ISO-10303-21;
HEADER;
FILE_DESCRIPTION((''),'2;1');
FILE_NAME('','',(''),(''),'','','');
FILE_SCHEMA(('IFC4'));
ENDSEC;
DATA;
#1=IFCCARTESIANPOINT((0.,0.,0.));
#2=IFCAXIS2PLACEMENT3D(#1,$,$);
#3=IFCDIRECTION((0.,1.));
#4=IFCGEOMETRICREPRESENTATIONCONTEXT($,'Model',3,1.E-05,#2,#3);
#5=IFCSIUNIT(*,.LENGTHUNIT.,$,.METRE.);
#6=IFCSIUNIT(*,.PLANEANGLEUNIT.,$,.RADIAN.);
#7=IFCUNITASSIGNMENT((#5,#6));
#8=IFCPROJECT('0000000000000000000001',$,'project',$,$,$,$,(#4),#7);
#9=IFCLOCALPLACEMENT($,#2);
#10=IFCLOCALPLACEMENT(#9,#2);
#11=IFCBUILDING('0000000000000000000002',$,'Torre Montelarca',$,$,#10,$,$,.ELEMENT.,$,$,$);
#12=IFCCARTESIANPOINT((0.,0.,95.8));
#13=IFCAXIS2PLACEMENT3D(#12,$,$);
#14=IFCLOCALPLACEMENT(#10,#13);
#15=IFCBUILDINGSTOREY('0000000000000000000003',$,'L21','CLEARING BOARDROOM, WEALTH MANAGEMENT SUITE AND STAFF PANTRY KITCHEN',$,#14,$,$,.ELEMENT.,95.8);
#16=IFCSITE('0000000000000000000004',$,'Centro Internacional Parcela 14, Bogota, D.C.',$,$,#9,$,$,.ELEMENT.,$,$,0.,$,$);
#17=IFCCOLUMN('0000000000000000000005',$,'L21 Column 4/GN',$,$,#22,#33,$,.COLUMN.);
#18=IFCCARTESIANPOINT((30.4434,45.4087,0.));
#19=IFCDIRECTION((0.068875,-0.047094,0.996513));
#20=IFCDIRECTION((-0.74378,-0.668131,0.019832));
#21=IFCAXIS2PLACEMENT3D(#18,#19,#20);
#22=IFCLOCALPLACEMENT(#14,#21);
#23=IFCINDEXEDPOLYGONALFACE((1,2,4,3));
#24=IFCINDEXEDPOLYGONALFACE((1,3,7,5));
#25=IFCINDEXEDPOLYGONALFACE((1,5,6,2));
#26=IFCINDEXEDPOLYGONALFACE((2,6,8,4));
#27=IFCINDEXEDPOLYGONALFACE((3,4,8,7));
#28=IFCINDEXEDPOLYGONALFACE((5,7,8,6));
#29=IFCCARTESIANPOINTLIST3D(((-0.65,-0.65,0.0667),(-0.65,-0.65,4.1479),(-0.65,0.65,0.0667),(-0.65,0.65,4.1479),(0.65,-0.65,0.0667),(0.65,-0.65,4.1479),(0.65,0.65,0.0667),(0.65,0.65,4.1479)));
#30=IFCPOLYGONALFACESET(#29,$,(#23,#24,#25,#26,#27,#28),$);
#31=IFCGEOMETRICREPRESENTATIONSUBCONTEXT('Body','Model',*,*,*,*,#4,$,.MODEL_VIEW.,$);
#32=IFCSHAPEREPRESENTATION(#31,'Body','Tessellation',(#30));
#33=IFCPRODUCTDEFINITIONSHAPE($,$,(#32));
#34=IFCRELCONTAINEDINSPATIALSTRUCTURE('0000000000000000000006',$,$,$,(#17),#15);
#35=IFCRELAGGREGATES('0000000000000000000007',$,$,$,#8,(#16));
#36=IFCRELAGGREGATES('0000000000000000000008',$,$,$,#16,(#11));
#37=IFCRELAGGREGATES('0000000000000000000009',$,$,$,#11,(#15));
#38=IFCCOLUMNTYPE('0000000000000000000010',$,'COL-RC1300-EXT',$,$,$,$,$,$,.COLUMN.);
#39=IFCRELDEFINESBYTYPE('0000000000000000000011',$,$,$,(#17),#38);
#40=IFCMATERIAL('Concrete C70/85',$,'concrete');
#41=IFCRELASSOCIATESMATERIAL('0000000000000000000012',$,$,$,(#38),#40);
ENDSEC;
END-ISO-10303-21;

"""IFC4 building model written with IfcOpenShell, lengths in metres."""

from ifc_helpers import new_model, si_unit, direction, frame, origin, origin_2d, place, context, subcontext, project, spatial, rectangle, extrude, clip, halfspace, material, material_profile, profile_set, type_object, element, save


model = new_model("IFC4")

# Units and contexts
model_context = context("Model", 3, precision=1e-05, world=origin(), true_north=direction((0.0, 1.0)))
body_context = subcontext(model_context, "Body", "Model", "MODEL_VIEW")
ifc_project = project(units=[si_unit("LENGTHUNIT", "METRE"), si_unit("PLANEANGLEUNIT", "RADIAN")], contexts=[model_context])

# Site, building, storey
site_placement = place(None, origin())
site = spatial("IfcSite", under=ifc_project, at=site_placement, Name="Centro Internacional Parcela 14, Bogota, D.C.", CompositionType="ELEMENT", RefElevation=0.0)
building_placement = place(site_placement, origin())
building = spatial("IfcBuilding", under=site, at=building_placement, Name="Torre Montelarca", CompositionType="ELEMENT")
storey_placement = place(building_placement, frame((0.0, 0.0, 95.8)))
storey = spatial("IfcBuildingStorey", under=building, at=storey_placement, Name="L21", Description="CLEARING BOARDROOM, WEALTH MANAGEMENT SUITE AND STAFF PANTRY KITCHEN", CompositionType="ELEMENT", Elevation=95.8)

# Column
ifc_material_1 = material(Name="Concrete C70/85", Category="concrete")
ifc_material_profile_1 = material_profile(ifc_material_1, rectangle(XDim=1.3, YDim=1.3, at=origin_2d()), Name="RC1300X1300", Category="concrete")
ifc_profile_set_1 = profile_set([ifc_material_profile_1], Name="Concrete C70/85")
column_type = type_object("IfcColumnType", Name="COL-RC1300-EXT", PredefinedType="COLUMN", material=ifc_profile_set_1)
column_1_placement = place(storey_placement, frame((30.4434, 45.4087, 0.0), z_axis=(0.068875, -0.047094, 0.996513), x_axis=(-0.74378, -0.668131, 0.019832)))
element("IfcColumn", 1, at=column_1_placement, inside=storey, type_object=column_type, Name="L21 Column 4/GN", PredefinedType="COLUMN", context=body_context, shape_type="Clipping", body=[
    clip(clip(extrude(rectangle(XDim=1.3, YDim=1.3, at=origin_2d()), origin(), (0.0, 0.0, 1.0), 4.2146), halfspace(frame((0.0, 0.0, 0.0667), z_axis=(0.0, 0.0, -1.0), x_axis=(1.0, 0.0, 0.0)), False)), halfspace(frame((0.0, 0.0, 4.1479), z_axis=(0.0, 0.0, 1.0), x_axis=(1.0, 0.0, 0.0)), False)),
])

save(model, "model.ifc")
